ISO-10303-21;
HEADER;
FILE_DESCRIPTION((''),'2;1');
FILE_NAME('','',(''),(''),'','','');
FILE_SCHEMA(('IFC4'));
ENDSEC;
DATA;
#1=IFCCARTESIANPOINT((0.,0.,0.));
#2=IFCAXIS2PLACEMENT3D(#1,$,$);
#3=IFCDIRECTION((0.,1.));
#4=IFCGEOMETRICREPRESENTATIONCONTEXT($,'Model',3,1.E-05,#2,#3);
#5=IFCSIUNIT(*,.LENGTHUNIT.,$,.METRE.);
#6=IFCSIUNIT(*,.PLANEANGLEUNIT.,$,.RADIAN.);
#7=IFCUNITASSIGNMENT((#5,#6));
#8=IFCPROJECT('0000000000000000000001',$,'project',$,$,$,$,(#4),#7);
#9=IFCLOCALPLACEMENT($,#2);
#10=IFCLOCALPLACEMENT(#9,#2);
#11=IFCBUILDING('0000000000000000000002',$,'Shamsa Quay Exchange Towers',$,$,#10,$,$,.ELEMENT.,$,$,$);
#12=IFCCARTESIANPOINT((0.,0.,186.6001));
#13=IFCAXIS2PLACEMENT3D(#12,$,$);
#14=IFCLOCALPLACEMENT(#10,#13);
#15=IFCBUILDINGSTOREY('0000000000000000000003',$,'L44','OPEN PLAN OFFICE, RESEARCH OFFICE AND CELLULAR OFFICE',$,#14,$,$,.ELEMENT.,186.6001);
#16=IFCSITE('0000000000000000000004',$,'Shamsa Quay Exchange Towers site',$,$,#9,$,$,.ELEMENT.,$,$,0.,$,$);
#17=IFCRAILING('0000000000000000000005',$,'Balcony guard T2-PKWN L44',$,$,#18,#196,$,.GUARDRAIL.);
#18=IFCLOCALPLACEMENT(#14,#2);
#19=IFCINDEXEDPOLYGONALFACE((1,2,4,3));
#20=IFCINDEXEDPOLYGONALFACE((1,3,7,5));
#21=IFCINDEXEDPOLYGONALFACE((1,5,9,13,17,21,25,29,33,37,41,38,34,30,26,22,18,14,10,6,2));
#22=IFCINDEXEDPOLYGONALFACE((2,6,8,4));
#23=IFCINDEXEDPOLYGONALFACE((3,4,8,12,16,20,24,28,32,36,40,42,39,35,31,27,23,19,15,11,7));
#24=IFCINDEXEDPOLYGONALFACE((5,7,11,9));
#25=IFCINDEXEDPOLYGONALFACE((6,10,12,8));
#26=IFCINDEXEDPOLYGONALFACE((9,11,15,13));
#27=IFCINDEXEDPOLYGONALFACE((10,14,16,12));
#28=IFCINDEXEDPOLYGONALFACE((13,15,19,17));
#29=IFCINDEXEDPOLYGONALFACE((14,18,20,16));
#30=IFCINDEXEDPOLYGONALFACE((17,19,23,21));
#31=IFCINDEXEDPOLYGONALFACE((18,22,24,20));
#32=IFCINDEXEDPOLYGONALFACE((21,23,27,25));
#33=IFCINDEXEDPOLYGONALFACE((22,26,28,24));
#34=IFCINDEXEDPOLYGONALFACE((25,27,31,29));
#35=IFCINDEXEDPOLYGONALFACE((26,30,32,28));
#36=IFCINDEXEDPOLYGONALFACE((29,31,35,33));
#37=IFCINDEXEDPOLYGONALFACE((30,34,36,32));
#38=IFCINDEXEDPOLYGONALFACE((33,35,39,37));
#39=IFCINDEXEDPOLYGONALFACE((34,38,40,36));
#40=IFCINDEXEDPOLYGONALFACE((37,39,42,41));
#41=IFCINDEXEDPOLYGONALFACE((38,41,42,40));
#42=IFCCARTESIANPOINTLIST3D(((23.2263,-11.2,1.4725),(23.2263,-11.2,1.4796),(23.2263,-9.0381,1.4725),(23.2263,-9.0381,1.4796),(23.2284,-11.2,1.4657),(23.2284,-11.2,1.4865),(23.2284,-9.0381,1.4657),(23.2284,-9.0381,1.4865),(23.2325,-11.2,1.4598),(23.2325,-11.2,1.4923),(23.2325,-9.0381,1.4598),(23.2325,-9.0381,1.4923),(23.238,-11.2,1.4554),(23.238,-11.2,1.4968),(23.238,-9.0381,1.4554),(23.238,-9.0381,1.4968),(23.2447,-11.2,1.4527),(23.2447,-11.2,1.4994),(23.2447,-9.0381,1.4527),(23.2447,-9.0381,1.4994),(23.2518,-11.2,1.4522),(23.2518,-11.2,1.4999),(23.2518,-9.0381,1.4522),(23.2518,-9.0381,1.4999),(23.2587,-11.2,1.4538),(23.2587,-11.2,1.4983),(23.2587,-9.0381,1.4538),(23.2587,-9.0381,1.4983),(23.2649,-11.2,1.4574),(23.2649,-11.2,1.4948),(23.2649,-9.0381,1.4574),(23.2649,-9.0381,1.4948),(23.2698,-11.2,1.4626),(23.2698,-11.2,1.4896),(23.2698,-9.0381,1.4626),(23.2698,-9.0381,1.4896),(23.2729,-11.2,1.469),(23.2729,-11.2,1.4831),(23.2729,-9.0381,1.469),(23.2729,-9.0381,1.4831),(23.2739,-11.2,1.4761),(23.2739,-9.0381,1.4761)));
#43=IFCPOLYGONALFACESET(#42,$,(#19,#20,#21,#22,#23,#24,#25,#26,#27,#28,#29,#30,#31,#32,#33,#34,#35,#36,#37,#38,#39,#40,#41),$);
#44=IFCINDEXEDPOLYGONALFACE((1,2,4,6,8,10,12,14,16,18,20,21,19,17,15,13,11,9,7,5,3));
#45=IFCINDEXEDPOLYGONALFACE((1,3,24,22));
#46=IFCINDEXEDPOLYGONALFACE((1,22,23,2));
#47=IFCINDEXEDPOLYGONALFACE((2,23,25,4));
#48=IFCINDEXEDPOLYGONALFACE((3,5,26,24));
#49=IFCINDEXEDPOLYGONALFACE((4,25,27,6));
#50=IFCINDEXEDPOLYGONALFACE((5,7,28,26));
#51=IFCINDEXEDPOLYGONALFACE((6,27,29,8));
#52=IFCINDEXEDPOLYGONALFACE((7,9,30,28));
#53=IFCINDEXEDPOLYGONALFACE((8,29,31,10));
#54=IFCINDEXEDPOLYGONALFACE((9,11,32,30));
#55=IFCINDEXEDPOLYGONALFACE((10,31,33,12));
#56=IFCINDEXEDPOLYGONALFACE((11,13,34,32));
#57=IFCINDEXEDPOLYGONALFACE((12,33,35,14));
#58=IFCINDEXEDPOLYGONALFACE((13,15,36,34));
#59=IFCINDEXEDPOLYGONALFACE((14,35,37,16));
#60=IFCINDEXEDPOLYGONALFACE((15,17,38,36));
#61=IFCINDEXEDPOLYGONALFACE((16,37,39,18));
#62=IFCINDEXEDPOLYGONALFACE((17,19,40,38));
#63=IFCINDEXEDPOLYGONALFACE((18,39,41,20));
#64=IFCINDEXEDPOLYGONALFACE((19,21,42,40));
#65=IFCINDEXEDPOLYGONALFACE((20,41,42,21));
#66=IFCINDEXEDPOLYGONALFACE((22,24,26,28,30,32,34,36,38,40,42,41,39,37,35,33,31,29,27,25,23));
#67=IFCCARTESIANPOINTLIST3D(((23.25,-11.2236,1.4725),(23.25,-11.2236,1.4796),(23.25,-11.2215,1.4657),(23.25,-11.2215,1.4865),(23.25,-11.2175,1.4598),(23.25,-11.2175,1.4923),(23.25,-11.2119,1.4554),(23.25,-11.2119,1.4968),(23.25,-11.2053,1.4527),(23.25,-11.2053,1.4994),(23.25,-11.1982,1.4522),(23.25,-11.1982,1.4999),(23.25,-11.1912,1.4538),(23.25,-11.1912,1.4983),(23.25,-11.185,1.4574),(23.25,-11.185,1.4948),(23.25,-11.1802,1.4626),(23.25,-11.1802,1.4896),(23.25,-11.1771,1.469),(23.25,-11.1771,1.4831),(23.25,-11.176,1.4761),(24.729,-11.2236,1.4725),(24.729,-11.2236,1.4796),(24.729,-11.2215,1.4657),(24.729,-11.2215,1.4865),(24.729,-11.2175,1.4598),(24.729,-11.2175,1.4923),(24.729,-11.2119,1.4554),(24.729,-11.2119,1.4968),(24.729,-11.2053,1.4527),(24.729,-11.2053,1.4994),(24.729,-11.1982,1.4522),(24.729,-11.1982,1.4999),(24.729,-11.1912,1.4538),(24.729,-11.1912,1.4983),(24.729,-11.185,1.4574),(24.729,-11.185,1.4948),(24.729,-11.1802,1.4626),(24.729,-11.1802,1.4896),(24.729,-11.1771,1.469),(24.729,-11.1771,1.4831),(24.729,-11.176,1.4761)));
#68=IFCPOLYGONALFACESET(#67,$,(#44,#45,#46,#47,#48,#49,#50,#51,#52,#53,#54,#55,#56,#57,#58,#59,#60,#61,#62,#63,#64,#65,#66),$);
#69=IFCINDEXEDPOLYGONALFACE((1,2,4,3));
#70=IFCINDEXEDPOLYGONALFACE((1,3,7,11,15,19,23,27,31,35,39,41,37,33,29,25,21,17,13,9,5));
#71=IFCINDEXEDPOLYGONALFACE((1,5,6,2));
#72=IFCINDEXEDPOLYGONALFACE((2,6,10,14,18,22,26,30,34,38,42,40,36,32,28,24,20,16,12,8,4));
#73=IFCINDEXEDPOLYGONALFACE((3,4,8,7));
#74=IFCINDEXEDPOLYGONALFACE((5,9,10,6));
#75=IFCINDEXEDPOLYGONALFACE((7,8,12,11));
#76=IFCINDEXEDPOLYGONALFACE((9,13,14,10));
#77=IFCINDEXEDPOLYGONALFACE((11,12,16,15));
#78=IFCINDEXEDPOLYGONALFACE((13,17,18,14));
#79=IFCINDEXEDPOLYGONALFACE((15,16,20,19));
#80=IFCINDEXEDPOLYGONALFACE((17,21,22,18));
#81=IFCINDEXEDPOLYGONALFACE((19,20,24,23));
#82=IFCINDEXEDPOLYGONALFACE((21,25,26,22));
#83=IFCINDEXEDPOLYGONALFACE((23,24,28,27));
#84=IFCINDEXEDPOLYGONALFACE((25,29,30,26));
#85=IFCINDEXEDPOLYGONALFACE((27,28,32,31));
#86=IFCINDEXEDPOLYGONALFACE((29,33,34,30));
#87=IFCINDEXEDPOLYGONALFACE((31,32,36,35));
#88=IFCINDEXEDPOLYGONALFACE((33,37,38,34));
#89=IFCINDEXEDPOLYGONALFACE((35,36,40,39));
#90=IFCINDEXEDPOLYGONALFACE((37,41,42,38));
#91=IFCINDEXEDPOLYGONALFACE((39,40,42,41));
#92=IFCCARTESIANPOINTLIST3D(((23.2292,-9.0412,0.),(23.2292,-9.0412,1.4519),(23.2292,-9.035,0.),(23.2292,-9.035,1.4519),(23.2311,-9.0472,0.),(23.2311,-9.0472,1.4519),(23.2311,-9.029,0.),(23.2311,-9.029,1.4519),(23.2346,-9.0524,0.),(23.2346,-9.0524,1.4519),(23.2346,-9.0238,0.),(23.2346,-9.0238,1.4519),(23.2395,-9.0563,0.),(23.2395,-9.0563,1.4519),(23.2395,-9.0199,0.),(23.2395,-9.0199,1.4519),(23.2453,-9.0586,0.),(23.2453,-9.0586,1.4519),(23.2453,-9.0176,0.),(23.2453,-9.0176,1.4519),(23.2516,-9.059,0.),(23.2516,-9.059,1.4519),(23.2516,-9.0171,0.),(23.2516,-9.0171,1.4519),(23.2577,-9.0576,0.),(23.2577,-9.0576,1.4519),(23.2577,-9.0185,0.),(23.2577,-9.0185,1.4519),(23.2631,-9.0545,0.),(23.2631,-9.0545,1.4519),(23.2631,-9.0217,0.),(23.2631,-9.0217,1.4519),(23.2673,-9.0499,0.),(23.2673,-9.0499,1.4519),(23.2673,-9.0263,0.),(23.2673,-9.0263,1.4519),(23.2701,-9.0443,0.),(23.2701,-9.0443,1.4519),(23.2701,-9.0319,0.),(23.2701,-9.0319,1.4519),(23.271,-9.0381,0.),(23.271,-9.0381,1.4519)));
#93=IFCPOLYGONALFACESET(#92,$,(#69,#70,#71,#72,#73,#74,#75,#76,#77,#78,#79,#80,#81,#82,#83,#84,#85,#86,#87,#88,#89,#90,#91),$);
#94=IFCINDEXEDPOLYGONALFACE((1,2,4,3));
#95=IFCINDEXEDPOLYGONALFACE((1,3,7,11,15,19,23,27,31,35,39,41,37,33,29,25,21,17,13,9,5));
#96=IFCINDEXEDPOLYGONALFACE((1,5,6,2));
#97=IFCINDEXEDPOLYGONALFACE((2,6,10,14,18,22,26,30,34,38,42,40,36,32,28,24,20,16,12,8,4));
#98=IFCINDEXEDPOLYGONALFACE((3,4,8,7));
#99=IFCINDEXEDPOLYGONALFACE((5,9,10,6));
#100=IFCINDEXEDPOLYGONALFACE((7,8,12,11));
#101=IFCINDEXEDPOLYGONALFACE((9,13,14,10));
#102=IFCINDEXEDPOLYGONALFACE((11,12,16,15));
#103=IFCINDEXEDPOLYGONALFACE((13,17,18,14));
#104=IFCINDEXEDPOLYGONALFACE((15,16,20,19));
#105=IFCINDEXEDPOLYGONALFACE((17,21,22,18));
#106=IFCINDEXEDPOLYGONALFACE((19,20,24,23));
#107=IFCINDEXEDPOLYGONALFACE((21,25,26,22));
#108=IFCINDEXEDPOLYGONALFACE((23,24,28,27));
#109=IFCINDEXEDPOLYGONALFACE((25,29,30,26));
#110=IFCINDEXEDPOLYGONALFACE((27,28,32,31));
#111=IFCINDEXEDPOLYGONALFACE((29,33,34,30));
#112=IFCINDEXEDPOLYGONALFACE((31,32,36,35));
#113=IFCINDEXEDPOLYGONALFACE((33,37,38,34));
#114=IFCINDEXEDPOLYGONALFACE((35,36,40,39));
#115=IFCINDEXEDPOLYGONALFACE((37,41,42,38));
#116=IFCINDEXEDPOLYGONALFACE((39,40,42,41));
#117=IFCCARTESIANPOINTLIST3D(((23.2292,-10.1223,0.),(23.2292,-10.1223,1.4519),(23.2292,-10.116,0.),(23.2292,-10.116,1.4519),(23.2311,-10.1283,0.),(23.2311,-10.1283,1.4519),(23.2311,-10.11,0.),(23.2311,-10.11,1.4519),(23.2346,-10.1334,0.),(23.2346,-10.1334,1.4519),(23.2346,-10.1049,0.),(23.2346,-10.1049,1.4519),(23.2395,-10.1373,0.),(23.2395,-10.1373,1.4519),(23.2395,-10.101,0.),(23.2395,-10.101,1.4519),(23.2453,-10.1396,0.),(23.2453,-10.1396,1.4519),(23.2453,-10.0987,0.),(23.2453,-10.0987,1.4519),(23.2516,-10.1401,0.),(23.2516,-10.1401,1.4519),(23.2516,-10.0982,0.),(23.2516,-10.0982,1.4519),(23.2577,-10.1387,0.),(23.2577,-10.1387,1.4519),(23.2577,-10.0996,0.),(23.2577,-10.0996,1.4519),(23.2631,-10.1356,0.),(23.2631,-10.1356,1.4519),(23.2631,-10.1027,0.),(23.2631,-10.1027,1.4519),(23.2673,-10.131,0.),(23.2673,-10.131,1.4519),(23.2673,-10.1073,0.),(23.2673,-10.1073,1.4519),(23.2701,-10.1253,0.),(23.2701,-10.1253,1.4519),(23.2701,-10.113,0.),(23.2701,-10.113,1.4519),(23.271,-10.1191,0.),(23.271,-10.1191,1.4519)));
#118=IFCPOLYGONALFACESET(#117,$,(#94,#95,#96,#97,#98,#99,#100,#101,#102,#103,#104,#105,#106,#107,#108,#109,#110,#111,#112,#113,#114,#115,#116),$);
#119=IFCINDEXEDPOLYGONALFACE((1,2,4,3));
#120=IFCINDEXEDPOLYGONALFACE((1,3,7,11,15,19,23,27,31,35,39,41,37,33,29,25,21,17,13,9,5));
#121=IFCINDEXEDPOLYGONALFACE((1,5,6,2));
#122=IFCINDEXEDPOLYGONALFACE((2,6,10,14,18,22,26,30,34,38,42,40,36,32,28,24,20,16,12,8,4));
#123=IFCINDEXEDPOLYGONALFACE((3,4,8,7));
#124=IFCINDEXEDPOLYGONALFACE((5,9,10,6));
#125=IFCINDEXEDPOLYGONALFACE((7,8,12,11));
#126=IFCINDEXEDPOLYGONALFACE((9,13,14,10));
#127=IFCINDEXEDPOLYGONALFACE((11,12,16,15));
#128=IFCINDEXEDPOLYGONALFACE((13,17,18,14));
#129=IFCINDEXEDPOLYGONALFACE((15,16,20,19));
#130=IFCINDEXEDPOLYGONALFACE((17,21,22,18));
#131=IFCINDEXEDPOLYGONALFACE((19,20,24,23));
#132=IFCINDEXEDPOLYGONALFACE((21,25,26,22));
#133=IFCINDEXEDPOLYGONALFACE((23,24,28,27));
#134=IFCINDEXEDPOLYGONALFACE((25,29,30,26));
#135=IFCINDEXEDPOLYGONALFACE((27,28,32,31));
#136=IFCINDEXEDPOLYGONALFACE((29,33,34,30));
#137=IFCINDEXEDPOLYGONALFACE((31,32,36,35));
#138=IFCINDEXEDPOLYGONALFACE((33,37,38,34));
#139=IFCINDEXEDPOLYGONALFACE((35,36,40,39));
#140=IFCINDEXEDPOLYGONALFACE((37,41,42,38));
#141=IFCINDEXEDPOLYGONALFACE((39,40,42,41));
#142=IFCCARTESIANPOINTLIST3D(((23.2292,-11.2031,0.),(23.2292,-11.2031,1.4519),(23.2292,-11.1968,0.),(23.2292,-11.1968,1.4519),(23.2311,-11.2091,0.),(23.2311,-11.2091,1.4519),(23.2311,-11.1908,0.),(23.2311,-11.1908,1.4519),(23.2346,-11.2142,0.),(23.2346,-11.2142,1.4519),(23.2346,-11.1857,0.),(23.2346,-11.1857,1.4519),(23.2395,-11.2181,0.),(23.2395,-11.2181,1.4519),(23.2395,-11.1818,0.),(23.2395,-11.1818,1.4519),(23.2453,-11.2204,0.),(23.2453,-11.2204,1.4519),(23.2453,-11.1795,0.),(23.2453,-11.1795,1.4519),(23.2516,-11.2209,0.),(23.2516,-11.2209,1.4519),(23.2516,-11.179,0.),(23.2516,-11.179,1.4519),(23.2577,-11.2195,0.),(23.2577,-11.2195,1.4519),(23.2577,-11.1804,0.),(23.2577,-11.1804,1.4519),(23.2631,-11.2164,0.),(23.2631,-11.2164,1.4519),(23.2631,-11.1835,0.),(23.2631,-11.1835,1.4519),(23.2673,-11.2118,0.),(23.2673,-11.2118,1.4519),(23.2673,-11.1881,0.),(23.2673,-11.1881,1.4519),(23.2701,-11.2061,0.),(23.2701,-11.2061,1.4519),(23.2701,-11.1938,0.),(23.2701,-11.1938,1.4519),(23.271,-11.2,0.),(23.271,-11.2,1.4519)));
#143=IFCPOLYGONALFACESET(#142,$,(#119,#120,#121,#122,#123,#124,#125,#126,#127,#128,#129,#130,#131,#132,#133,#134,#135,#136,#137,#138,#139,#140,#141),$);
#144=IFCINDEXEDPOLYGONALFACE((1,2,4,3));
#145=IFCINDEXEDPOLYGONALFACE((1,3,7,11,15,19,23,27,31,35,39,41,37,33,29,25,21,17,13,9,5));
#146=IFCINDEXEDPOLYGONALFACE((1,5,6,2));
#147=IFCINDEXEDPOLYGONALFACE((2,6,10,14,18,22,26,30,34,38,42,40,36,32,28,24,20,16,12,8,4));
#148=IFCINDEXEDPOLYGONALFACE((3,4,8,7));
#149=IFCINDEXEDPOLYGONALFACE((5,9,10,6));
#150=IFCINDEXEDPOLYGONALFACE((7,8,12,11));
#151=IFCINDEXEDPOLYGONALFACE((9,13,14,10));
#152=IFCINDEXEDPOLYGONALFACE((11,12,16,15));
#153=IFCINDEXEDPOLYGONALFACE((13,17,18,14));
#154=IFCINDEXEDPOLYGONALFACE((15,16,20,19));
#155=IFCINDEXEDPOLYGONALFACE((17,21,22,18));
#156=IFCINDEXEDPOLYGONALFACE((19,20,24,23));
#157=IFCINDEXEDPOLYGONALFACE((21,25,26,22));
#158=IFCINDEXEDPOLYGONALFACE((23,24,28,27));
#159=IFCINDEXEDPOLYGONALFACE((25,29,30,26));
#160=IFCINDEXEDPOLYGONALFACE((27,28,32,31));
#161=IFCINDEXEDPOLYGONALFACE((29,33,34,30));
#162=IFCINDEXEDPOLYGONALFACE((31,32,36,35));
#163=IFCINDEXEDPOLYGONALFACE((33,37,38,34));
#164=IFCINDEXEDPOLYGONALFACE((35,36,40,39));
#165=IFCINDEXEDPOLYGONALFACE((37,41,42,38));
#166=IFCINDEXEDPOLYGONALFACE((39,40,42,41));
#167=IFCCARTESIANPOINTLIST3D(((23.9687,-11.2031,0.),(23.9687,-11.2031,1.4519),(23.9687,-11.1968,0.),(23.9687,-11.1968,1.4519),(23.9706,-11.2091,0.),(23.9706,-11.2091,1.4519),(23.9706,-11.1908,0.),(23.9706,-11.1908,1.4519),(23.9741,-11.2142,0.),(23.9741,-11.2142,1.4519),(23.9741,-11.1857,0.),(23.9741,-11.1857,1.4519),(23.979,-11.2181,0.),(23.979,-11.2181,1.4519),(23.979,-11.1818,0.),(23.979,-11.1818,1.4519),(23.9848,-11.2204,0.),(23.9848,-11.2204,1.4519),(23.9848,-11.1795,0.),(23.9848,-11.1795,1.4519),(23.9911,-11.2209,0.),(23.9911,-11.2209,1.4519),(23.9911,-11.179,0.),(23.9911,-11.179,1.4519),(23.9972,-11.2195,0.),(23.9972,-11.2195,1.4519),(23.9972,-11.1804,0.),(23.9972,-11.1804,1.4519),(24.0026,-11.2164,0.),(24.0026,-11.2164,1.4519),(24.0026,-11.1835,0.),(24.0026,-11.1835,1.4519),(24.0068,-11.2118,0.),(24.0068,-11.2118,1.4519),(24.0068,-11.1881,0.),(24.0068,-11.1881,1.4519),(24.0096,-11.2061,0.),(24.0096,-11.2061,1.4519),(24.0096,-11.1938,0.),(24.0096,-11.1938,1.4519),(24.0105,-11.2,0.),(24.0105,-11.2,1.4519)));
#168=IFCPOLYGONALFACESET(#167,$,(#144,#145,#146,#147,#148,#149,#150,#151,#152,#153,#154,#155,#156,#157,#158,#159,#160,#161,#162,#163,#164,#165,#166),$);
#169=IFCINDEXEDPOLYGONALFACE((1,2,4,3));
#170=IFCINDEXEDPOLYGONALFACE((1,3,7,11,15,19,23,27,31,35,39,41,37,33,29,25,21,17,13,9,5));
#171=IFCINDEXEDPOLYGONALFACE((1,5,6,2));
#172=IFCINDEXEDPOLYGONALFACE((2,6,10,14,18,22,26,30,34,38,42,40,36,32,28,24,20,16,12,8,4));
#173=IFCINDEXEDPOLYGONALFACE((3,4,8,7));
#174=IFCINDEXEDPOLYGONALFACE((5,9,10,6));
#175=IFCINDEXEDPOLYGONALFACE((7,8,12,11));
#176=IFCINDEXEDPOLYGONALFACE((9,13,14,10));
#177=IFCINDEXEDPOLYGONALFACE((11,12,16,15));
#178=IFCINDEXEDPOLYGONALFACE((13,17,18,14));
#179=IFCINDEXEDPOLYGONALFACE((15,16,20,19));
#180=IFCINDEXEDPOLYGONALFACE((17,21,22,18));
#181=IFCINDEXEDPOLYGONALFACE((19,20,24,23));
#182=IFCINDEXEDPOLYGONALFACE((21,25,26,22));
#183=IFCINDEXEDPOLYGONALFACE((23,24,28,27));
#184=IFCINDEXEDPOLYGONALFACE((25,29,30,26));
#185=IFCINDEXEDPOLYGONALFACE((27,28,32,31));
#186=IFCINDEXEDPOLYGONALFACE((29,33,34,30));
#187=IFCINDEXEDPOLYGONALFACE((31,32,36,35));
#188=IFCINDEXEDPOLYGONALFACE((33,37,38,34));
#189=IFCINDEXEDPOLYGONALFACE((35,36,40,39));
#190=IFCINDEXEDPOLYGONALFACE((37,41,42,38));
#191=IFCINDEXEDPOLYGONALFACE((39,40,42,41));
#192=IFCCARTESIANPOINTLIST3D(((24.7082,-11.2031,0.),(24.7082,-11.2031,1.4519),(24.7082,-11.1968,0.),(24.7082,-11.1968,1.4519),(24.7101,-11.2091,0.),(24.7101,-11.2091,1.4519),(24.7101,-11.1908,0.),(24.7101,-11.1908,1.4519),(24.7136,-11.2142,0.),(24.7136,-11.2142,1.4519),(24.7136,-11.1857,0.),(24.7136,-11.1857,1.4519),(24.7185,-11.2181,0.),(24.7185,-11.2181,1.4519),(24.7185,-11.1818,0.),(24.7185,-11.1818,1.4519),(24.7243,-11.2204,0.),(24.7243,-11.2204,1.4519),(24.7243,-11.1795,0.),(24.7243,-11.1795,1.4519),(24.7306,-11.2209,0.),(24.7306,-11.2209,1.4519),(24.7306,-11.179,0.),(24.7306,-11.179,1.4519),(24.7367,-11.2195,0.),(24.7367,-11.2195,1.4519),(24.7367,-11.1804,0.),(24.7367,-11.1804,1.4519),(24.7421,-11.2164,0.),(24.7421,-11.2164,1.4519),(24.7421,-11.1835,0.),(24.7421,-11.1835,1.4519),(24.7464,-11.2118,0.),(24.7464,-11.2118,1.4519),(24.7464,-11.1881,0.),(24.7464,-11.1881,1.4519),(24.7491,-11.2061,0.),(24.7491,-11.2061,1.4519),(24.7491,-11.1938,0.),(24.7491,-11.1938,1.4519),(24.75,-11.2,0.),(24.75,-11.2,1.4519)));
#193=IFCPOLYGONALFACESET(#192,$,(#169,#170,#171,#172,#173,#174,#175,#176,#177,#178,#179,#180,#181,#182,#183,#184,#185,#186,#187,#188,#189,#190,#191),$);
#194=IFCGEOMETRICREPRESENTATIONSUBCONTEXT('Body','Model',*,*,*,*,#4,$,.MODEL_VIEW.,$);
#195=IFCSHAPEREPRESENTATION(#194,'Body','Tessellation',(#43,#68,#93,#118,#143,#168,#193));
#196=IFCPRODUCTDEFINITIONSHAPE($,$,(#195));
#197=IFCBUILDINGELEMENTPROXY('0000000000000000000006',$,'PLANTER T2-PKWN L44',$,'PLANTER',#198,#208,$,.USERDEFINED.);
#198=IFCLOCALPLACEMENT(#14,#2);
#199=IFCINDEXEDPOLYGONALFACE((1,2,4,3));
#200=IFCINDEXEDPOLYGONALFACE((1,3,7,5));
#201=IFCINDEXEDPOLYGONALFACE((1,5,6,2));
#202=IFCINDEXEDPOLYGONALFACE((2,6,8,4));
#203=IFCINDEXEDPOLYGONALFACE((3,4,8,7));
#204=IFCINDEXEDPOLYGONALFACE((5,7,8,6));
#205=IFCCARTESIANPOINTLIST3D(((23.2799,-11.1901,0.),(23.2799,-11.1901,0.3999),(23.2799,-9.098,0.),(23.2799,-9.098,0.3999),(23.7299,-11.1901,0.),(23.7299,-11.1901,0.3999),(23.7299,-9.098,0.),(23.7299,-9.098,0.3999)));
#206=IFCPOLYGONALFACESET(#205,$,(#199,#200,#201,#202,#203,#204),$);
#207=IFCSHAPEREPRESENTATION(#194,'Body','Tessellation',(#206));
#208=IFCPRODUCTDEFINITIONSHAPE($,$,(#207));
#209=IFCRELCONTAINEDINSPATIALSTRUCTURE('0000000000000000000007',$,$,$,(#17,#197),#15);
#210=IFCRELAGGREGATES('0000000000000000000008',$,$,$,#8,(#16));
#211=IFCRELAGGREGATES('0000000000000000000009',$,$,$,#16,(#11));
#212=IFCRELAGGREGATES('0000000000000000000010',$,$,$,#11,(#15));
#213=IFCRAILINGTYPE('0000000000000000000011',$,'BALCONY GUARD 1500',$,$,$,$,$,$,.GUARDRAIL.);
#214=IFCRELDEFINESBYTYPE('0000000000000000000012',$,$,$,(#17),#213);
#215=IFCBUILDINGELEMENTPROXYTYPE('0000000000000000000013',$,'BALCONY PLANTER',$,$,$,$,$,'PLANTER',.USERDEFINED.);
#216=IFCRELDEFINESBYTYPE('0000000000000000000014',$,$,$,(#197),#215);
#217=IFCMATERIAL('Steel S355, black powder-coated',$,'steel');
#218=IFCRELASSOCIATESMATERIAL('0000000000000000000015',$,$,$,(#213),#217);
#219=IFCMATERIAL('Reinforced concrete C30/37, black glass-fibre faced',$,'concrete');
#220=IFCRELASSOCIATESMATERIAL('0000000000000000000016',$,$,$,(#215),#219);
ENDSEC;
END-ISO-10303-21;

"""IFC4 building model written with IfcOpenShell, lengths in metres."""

from ifc_helpers import new_model, si_unit, direction, frame, origin, origin_2d, place, context, subcontext, project, spatial, rectangle, circle, extrude, material, type_object, element, save


model = new_model("IFC4")

# Units and contexts
model_context = context("Model", 3, precision=1e-05, world=origin(), true_north=direction((0.0, 1.0)))
body_context = subcontext(model_context, "Body", "Model", "MODEL_VIEW")
ifc_project = project(units=[si_unit("LENGTHUNIT", "METRE"), si_unit("PLANEANGLEUNIT", "RADIAN")], contexts=[model_context])

# Site, building, storey
site_placement = place(None, origin())
site = spatial("IfcSite", under=ifc_project, at=site_placement, Name="Shamsa Quay Exchange Towers site", CompositionType="ELEMENT", RefElevation=0.0)
building_placement = place(site_placement, origin())
building = spatial("IfcBuilding", under=site, at=building_placement, Name="Shamsa Quay Exchange Towers", CompositionType="ELEMENT")
storey_placement = place(building_placement, frame((0.0, 0.0, 186.6001)))
storey = spatial("IfcBuildingStorey", under=building, at=storey_placement, Name="L44", Description="OPEN PLAN OFFICE, RESEARCH OFFICE AND CELLULAR OFFICE", CompositionType="ELEMENT", Elevation=186.6001)

# Railing
ifc_material_1 = material(Name="Steel S355, black powder-coated", Category="steel")
railing_type = type_object("IfcRailingType", Name="BALCONY GUARD 1500", PredefinedType="GUARDRAIL", material=ifc_material_1)
railing_placement = place(storey_placement, frame((23.25, -9.0381, 0.0)))
element("IfcRailing", 1, at=railing_placement, inside=storey, type_object=railing_type, Name="Balcony guard T2-PKWN L44", PredefinedType="GUARDRAIL", context=body_context, shape_type="SweptSolid", body=[
    extrude(circle(Radius=0.0239, at=origin_2d()), frame((0.0, 0.0, 1.4761), z_axis=(0.0, -1.0, 0.0), x_axis=(1.0, 0.0, 0.0)), (0.0, 0.0, 1.0), 2.1619),
    extrude(circle(Radius=0.0239, at=origin_2d()), frame((0.0, -2.1619, 1.4761), z_axis=(1.0, 0.0, 0.0), x_axis=(0.0, 1.0, 0.0)), (0.0, 0.0, 1.0), 1.479),
    extrude(circle(Radius=0.021, at=origin_2d()), origin(), (0.0, 0.0, 1.0), 1.4519),
    extrude(circle(Radius=0.021, at=origin_2d()), frame((0.0, -1.0811, 0.0)), (0.0, 0.0, 1.0), 1.4519),
    extrude(circle(Radius=0.021, at=origin_2d()), frame((0.0, -2.1619, 0.0)), (0.0, 0.0, 1.0), 1.4519),
    extrude(circle(Radius=0.021, at=origin_2d()), frame((0.7395, -2.1619, 0.0)), (0.0, 0.0, 1.0), 1.4519),
    extrude(circle(Radius=0.021, at=origin_2d()), frame((1.479, -2.1619, 0.0)), (0.0, 0.0, 1.0), 1.4519),
])

# Building element proxy
ifc_material_2 = material(Name="Reinforced concrete C30/37, black glass-fibre faced", Category="concrete")
building_element_proxy_type = type_object("IfcBuildingElementProxyType", Name="BALCONY PLANTER", ElementType="PLANTER", PredefinedType="USERDEFINED", material=ifc_material_2)
proxy_placement = place(storey_placement, frame((23.5049, -10.144, 0.0), z_axis=(0.0, 0.0, 1.0), x_axis=(0.0, -1.0, 0.0)))
element("IfcBuildingElementProxy", 2, at=proxy_placement, inside=storey, type_object=building_element_proxy_type, Name="PLANTER T2-PKWN L44", ObjectType="PLANTER", PredefinedType="USERDEFINED", context=body_context, shape_type="SweptSolid", body=[
    extrude(rectangle(XDim=2.092, YDim=0.45, at=origin_2d()), origin(), (0.0, 0.0, 1.0), 0.3999),
])

save(model, "model.ifc")
